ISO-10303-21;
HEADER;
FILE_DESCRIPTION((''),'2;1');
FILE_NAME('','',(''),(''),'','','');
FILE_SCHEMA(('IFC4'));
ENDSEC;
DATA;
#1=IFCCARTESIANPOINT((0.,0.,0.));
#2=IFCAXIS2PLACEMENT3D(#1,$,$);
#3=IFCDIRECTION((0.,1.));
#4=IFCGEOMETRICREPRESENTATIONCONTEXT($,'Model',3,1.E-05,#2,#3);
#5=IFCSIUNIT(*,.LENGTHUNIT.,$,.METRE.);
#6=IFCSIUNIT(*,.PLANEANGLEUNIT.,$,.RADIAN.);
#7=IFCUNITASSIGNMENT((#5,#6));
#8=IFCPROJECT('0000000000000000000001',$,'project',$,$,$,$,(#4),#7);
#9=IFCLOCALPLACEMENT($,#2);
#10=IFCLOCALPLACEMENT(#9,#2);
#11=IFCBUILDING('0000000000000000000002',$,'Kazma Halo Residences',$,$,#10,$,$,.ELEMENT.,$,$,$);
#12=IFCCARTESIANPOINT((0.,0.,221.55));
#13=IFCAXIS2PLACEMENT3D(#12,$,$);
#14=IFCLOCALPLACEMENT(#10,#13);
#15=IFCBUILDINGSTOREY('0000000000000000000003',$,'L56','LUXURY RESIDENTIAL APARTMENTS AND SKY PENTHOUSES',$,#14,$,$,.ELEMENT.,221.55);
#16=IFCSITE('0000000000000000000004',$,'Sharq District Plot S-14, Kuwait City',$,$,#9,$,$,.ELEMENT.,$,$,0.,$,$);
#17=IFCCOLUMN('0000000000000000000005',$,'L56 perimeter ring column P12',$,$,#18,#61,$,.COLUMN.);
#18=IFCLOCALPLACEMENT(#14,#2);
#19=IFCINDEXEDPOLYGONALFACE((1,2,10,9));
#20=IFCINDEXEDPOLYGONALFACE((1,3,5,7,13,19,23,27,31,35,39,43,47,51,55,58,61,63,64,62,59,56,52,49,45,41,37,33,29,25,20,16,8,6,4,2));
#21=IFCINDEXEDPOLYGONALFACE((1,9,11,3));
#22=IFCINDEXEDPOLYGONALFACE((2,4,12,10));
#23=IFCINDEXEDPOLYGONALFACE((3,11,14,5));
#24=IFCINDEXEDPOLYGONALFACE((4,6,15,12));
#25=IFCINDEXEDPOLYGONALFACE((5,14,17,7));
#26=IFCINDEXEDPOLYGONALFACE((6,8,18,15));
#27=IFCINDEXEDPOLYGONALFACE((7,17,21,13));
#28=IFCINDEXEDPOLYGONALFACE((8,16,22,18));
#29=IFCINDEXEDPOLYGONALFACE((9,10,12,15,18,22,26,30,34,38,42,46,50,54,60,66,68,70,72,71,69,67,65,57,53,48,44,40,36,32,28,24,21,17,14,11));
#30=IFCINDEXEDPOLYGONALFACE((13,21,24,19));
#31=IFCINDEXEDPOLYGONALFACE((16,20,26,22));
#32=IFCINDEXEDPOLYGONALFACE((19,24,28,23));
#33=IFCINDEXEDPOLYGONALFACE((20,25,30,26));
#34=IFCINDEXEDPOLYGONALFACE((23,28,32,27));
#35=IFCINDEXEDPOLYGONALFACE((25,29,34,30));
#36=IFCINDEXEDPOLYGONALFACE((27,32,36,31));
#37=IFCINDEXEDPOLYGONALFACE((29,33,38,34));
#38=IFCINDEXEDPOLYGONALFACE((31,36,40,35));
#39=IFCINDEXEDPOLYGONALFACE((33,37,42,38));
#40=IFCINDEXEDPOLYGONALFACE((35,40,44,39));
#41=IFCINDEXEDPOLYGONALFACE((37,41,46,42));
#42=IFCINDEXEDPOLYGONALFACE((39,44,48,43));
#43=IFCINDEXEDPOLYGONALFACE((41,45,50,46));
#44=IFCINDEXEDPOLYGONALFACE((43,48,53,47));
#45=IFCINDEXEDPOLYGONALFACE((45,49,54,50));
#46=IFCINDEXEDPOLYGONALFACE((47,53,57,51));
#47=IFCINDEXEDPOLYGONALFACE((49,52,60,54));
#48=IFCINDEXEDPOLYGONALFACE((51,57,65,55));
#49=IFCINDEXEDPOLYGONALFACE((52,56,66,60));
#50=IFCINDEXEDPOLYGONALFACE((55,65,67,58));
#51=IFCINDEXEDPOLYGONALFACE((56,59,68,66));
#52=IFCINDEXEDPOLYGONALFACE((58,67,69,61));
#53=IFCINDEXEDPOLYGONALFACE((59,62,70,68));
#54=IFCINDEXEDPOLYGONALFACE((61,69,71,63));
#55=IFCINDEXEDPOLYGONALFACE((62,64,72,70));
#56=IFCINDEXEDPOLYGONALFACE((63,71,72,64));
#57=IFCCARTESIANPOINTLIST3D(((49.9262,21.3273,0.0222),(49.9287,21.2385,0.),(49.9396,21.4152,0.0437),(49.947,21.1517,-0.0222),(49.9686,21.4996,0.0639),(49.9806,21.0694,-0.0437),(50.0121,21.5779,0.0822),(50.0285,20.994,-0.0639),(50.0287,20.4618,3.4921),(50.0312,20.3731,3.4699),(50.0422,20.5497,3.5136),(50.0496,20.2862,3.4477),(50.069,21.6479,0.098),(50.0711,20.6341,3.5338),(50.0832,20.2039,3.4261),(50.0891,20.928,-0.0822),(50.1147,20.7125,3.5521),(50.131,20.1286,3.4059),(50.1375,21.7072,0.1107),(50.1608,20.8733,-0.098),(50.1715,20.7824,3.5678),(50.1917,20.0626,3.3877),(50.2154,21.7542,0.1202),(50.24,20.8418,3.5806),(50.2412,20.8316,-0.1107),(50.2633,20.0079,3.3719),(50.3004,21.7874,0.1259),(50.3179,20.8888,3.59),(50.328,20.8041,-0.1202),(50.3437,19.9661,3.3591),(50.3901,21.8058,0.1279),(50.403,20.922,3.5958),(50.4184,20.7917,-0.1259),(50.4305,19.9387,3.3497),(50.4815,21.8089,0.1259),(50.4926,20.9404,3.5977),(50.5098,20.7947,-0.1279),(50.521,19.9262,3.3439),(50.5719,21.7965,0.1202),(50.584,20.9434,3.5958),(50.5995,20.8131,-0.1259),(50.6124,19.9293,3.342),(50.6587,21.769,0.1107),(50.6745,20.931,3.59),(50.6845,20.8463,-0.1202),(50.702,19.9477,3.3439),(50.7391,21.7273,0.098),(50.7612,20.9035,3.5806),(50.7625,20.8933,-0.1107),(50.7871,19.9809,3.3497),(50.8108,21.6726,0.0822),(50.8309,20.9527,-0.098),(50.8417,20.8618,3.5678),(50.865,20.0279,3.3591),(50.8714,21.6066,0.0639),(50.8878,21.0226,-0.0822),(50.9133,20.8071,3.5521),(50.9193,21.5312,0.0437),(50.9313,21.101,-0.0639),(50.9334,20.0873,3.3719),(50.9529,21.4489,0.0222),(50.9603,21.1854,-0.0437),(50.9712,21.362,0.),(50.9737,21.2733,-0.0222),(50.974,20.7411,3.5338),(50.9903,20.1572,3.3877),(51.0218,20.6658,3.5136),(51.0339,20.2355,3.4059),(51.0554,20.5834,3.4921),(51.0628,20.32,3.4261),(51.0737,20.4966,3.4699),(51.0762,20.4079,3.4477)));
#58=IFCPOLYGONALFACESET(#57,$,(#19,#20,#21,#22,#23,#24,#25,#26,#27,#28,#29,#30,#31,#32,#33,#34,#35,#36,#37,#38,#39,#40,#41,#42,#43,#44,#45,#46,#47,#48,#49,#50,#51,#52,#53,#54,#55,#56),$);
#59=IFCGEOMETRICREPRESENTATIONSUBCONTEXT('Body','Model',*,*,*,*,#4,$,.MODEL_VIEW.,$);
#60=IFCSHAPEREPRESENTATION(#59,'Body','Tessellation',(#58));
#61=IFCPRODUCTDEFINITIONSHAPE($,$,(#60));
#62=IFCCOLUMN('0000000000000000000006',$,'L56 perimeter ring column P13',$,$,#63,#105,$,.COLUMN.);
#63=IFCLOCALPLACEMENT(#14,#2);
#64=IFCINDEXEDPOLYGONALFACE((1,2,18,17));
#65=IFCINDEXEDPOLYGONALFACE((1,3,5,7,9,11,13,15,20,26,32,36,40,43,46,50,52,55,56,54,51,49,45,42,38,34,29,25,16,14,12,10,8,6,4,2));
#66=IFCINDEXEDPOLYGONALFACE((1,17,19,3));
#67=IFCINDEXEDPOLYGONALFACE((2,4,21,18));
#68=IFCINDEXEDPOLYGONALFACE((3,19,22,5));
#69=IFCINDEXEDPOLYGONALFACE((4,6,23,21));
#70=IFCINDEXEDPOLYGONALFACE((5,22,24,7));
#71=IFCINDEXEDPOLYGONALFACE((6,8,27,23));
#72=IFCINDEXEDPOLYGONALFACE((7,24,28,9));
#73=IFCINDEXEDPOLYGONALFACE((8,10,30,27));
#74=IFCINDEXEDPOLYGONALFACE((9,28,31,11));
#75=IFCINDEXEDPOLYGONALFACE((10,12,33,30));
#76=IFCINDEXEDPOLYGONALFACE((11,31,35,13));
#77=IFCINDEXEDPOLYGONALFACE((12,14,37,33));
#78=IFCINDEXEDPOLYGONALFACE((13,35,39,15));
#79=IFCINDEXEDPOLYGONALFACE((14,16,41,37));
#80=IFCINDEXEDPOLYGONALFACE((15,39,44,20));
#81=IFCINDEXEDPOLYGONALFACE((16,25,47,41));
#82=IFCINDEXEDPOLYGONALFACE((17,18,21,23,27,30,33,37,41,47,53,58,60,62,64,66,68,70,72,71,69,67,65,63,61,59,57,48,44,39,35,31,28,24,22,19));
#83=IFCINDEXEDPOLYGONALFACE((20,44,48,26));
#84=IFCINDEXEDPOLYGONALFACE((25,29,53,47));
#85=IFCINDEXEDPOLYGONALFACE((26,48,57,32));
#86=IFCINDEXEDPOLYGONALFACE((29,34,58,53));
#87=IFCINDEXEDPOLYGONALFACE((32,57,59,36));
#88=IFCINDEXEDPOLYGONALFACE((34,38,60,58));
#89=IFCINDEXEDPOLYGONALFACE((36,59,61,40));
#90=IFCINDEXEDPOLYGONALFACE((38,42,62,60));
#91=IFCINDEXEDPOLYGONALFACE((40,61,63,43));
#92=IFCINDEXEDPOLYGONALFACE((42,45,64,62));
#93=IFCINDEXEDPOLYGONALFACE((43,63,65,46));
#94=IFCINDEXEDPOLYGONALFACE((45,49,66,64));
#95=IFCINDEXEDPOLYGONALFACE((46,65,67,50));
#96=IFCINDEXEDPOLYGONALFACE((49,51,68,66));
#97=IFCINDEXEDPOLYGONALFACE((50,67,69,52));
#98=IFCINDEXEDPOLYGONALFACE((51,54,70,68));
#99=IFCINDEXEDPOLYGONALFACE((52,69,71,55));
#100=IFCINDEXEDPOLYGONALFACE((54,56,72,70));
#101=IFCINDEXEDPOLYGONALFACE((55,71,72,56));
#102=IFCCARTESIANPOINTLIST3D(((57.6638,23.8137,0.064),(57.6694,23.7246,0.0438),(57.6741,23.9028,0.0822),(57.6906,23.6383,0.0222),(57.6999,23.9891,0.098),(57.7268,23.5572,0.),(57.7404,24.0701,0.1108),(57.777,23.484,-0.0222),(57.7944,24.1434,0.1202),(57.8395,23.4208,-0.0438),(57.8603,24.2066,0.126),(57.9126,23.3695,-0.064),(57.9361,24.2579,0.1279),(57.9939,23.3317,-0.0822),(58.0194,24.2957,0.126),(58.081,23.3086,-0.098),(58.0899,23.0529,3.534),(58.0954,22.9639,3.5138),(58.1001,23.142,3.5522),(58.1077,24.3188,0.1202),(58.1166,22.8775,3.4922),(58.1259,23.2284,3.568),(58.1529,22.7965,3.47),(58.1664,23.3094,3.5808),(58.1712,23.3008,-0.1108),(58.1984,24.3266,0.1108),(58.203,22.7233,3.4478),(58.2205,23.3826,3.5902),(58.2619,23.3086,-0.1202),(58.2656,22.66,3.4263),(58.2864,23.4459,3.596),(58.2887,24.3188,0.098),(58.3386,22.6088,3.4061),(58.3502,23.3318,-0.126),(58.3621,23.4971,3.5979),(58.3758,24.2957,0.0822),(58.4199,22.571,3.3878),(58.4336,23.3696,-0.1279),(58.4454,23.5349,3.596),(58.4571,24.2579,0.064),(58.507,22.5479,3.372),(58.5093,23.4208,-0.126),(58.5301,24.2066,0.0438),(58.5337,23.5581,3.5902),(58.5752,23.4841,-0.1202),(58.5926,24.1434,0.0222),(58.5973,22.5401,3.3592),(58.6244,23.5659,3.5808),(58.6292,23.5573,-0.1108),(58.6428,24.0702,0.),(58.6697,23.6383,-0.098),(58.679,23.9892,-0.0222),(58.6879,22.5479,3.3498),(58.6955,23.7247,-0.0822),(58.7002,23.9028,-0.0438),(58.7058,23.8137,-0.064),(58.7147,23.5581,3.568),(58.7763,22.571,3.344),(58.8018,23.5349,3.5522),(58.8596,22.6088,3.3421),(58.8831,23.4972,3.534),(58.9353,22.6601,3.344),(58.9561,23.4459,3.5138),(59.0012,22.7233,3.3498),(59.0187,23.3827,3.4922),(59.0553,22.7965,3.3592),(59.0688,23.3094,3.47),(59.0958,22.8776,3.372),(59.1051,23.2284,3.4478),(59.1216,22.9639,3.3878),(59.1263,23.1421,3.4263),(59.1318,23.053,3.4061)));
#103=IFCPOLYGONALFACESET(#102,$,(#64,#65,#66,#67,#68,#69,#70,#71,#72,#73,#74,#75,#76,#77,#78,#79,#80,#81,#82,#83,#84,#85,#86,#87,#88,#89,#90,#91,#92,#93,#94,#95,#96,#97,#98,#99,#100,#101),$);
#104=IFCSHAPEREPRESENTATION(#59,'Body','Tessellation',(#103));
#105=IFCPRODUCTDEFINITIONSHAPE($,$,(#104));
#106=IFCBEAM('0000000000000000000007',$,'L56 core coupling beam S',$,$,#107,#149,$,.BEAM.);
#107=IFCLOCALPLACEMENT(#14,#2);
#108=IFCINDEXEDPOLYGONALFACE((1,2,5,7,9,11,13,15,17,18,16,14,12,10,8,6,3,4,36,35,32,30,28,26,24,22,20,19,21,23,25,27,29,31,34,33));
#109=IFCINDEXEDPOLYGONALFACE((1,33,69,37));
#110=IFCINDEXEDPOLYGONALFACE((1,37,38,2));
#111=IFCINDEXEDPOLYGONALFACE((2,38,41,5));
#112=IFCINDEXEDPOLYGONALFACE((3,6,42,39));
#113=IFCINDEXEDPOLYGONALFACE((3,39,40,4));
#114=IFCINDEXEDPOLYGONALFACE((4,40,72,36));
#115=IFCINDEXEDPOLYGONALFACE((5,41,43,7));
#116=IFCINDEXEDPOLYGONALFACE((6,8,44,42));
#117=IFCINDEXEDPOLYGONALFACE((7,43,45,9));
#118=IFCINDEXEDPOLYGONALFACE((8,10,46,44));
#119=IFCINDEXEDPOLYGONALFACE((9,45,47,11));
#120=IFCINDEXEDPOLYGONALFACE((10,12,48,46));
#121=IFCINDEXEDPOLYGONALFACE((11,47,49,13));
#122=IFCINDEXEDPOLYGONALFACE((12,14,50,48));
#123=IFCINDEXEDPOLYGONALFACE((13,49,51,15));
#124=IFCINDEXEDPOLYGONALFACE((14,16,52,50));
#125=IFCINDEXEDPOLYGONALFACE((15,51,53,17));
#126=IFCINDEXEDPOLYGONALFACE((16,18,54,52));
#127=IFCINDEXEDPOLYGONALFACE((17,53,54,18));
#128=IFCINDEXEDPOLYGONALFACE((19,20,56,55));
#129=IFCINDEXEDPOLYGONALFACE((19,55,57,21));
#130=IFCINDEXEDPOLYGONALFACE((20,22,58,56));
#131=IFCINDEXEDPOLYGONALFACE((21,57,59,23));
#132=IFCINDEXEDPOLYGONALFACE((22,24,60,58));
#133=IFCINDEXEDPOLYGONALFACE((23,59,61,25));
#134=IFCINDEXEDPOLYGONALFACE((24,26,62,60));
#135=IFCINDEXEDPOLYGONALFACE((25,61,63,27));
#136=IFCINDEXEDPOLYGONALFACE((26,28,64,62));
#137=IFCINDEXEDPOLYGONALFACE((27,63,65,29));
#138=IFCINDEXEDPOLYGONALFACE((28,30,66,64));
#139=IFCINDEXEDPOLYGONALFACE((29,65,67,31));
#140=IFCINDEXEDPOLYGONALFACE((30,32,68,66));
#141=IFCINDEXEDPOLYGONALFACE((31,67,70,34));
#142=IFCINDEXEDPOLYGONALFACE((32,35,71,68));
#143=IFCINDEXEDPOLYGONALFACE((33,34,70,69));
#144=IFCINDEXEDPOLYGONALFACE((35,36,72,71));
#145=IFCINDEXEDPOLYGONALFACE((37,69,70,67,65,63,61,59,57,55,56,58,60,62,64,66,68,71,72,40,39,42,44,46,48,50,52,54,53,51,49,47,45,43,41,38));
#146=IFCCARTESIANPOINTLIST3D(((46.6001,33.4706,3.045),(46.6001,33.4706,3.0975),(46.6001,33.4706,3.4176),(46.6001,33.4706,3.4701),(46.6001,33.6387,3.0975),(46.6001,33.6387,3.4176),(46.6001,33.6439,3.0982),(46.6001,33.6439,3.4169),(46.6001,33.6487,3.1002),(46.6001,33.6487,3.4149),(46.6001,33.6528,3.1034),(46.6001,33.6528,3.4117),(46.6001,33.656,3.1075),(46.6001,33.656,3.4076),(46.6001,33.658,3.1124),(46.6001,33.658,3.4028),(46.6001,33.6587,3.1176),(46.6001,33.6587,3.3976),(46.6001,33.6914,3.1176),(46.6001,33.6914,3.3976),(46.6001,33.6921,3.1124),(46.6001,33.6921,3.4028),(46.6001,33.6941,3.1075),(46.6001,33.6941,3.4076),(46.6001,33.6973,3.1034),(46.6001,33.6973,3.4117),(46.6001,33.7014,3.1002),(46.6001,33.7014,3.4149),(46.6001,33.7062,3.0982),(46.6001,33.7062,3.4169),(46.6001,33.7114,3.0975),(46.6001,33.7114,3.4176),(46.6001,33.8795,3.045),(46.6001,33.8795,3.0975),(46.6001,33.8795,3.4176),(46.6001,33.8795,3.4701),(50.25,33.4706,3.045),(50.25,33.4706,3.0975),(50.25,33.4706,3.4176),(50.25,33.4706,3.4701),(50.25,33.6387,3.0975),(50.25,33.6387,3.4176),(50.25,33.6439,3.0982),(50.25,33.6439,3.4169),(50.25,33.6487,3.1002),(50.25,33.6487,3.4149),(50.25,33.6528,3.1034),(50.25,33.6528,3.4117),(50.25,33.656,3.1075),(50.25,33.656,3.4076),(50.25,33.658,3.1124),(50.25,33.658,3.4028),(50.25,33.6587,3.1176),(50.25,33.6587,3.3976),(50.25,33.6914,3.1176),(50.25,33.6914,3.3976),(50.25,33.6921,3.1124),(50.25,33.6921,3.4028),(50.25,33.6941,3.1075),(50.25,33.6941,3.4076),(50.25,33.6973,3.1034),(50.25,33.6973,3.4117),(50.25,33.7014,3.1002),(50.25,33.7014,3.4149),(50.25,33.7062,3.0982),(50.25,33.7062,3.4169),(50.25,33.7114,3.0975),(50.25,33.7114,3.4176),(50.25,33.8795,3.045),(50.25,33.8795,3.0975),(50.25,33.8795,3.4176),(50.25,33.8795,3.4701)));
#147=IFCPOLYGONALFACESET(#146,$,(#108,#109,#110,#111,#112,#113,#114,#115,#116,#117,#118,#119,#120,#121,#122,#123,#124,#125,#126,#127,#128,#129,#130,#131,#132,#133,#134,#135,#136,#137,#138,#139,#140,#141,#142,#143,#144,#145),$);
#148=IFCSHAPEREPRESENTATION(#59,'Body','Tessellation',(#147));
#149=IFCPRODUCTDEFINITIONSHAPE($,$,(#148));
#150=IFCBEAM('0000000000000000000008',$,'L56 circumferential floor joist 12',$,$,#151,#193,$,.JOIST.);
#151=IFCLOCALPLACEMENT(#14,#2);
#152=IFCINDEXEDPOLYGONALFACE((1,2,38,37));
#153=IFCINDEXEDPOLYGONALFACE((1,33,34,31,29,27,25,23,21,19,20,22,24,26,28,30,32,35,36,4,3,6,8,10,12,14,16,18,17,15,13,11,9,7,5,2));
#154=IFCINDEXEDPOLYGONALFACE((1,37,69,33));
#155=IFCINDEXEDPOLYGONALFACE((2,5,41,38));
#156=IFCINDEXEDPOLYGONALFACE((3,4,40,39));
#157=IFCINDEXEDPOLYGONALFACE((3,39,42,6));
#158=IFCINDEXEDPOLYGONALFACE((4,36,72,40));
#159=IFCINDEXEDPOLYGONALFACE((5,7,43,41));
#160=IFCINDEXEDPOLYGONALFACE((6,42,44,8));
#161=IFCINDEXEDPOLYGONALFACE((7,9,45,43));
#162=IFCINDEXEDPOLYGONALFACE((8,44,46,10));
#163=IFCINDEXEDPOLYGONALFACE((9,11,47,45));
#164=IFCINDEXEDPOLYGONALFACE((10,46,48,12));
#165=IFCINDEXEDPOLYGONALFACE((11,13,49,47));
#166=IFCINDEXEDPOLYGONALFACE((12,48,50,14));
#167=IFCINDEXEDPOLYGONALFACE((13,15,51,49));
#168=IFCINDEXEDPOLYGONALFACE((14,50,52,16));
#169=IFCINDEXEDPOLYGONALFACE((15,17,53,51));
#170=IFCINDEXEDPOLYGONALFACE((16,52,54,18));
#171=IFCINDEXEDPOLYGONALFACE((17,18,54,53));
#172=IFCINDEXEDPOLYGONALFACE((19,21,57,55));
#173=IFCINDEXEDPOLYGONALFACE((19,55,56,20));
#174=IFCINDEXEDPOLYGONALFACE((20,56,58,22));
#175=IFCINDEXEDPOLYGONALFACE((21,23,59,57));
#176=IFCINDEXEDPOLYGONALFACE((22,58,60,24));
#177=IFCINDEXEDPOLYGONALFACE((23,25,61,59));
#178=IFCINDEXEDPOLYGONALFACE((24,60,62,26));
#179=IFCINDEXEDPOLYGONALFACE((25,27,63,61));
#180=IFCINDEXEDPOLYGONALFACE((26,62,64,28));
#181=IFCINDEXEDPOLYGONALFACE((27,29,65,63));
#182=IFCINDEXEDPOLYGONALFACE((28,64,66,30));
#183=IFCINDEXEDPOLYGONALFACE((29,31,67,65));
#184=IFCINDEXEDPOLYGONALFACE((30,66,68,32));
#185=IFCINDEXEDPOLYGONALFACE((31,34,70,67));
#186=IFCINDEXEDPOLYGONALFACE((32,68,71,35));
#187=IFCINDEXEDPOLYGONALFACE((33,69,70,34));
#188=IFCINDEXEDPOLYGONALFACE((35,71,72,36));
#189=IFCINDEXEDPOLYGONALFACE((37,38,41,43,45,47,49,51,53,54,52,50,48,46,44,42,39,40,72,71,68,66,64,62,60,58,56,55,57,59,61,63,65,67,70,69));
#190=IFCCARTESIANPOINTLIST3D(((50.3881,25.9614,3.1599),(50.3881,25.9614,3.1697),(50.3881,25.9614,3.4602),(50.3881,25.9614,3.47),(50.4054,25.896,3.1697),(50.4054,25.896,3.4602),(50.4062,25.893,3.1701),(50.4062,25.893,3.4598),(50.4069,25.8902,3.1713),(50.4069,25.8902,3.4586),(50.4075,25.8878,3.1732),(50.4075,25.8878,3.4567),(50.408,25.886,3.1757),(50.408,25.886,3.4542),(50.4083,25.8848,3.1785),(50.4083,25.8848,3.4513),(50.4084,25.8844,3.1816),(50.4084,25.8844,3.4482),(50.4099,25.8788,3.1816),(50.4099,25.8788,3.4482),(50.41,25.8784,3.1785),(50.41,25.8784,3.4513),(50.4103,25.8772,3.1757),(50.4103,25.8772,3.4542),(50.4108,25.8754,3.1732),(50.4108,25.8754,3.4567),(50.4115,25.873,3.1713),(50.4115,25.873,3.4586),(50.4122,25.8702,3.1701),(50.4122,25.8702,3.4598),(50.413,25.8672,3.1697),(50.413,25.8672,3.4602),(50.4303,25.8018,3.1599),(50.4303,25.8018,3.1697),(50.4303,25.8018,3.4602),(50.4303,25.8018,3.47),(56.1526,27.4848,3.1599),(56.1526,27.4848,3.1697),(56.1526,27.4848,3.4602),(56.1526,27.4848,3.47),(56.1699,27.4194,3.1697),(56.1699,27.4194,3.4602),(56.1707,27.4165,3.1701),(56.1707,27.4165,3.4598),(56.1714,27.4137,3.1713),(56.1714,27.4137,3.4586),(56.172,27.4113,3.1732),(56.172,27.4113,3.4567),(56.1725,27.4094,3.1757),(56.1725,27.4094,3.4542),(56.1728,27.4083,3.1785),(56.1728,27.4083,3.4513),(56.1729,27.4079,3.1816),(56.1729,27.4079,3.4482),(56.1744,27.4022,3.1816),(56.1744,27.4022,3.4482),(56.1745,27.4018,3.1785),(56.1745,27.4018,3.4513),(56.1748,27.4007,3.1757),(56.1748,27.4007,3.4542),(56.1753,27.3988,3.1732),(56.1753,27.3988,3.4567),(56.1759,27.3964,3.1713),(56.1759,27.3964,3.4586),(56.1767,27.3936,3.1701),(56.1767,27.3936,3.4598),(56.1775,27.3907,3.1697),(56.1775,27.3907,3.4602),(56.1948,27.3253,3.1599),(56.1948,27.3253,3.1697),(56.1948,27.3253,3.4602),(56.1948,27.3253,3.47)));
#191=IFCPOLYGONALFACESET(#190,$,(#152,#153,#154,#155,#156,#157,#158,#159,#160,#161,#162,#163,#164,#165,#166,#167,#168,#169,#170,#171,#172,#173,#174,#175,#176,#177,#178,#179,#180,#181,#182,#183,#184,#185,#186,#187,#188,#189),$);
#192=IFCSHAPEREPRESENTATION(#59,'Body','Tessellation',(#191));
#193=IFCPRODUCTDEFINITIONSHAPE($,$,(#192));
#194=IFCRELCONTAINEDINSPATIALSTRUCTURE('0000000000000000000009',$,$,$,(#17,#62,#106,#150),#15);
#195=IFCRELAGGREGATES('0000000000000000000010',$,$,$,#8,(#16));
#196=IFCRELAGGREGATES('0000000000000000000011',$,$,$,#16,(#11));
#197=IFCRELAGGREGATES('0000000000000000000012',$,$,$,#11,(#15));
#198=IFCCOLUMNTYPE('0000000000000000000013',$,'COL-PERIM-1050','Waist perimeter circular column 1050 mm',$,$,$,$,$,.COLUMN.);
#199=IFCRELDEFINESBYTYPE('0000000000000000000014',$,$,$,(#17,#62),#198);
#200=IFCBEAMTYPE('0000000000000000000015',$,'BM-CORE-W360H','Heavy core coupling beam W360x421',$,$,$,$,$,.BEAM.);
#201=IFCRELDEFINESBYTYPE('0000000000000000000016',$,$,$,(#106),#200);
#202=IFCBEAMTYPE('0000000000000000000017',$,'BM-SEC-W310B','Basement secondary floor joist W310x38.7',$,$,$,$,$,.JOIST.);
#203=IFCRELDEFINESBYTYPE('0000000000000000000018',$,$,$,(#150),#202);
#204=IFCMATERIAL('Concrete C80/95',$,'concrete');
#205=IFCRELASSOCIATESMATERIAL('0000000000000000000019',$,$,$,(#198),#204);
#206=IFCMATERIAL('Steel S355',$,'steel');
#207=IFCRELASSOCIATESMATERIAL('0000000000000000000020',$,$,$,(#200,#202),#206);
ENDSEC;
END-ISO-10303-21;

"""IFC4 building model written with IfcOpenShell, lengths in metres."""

from ifc_helpers import new_model, si_unit, direction, frame, origin, origin_2d, place, context, subcontext, project, spatial, circle, i_section, extrude, material, material_profile, profile_set, type_object, element, save


model = new_model("IFC4")

# Units and contexts
model_context = context("Model", 3, precision=1e-05, world=origin(), true_north=direction((0.0, 1.0)))
body_context = subcontext(model_context, "Body", "Model", "MODEL_VIEW")
ifc_project = project(units=[si_unit("LENGTHUNIT", "METRE"), si_unit("PLANEANGLEUNIT", "RADIAN")], contexts=[model_context])

# Site, building, storey
site_placement = place(None, origin())
site = spatial("IfcSite", under=ifc_project, at=site_placement, Name="Sharq District Plot S-14, Kuwait City", CompositionType="ELEMENT", RefElevation=0.0)
building_placement = place(site_placement, origin())
building = spatial("IfcBuilding", under=site, at=building_placement, Name="Kazma Halo Residences", CompositionType="ELEMENT")
storey_placement = place(building_placement, frame((0.0, 0.0, 221.55)))
storey = spatial("IfcBuildingStorey", under=building, at=storey_placement, Name="L56", Description="LUXURY RESIDENTIAL APARTMENTS AND SKY PENTHOUSES", CompositionType="ELEMENT", Elevation=221.55)

# Columns
ifc_material_1 = material(Name="Concrete C80/95", Category="concrete")
ifc_material_profile_1 = material_profile(ifc_material_1, circle(Radius=0.5249, at=origin_2d()), Name="CIRC1050")
ifc_profile_set_1 = profile_set([ifc_material_profile_1], Name="Concrete C80/95")
column_type = type_object("IfcColumnType", Name="COL-PERIM-1050", Description="Waist perimeter circular column 1050 mm", PredefinedType="COLUMN", material=ifc_profile_set_1)
column_1_placement = place(storey_placement, frame((50.45, 21.3003, 0.0), z_axis=(0.02866, -0.241906, 0.969876), x_axis=(0.993055, 0.117654, 0.0)))
element("IfcColumn", 1, at=column_1_placement, inside=storey, type_object=column_type, Name="L56 perimeter ring column P12", PredefinedType="COLUMN", context=body_context, shape_type="SweptSolid", body=[
    extrude(circle(Radius=0.5249, at=origin_2d()), origin(), (0.0, 0.0, 1.0), 3.5776),
])
column_2_placement = place(storey_placement, frame((58.1848, 23.8137, 0.0), z_axis=(0.119073, -0.212626, 0.969851), x_axis=(0.872501, 0.488612, 0.0)))
element("IfcColumn", 2, at=column_2_placement, inside=storey, type_object=column_type, Name="L56 perimeter ring column P13", PredefinedType="COLUMN", context=body_context, shape_type="SweptSolid", body=[
    extrude(circle(Radius=0.5249, at=origin_2d()), origin(), (0.0, 0.0, 1.0), 3.5779),
])

# Beams
ifc_material_2 = material(Name="Steel S355", Category="steel")
ifc_material_profile_2 = material_profile(ifc_material_2, i_section(OverallWidth=0.4089, OverallDepth=0.425, WebThickness=0.0327, FlangeThickness=0.0525, FilletRadius=0.02, at=origin_2d()), Name="W360x421")
ifc_profile_set_2 = profile_set([ifc_material_profile_2], Name="Steel S355")
beam_type_1 = type_object("IfcBeamType", Name="BM-CORE-W360H", Description="Heavy core coupling beam W360x421", PredefinedType="BEAM", material=ifc_profile_set_2)
beam_1_placement = place(storey_placement, frame((46.6001, 33.675, 3.2576), z_axis=(1.0, 0.0, 0.0), x_axis=(0.0, 1.0, 0.0)))
element("IfcBeam", 3, at=beam_1_placement, inside=storey, type_object=beam_type_1, Name="L56 core coupling beam S", PredefinedType="BEAM", context=body_context, shape_type="SweptSolid", body=[
    extrude(i_section(OverallWidth=0.4089, OverallDepth=0.425, WebThickness=0.0327, FlangeThickness=0.0525, FilletRadius=0.02, at=origin_2d()), origin(), (0.0, 0.0, 1.0), 3.6499),
])
ifc_material_profile_3 = material_profile(ifc_material_2, i_section(OverallWidth=0.165, OverallDepth=0.3101, WebThickness=0.0059, FlangeThickness=0.0098, FilletRadius=0.012, at=origin_2d()), Name="W310x38.7")
ifc_profile_set_3 = profile_set([ifc_material_profile_3], Name="Steel S355")
beam_type_2 = type_object("IfcBeamType", Name="BM-SEC-W310B", Description="Basement secondary floor joist W310x38.7", PredefinedType="JOIST", material=ifc_profile_set_3)
beam_2_placement = place(storey_placement, frame((50.4092, 25.8816, 3.3149), z_axis=(0.966806, 0.255511, 0.0), x_axis=(-0.255511, 0.966806, 0.0)))
element("IfcBeam", 4, at=beam_2_placement, inside=storey, type_object=beam_type_2, Name="L56 circumferential floor joist 12", PredefinedType="JOIST", context=body_context, shape_type="SweptSolid", body=[
    extrude(i_section(OverallWidth=0.165, OverallDepth=0.3101, WebThickness=0.0059, FlangeThickness=0.0098, FilletRadius=0.012, at=origin_2d()), origin(), (0.0, 0.0, 1.0), 5.9624),
])

save(model, "model.ifc")
